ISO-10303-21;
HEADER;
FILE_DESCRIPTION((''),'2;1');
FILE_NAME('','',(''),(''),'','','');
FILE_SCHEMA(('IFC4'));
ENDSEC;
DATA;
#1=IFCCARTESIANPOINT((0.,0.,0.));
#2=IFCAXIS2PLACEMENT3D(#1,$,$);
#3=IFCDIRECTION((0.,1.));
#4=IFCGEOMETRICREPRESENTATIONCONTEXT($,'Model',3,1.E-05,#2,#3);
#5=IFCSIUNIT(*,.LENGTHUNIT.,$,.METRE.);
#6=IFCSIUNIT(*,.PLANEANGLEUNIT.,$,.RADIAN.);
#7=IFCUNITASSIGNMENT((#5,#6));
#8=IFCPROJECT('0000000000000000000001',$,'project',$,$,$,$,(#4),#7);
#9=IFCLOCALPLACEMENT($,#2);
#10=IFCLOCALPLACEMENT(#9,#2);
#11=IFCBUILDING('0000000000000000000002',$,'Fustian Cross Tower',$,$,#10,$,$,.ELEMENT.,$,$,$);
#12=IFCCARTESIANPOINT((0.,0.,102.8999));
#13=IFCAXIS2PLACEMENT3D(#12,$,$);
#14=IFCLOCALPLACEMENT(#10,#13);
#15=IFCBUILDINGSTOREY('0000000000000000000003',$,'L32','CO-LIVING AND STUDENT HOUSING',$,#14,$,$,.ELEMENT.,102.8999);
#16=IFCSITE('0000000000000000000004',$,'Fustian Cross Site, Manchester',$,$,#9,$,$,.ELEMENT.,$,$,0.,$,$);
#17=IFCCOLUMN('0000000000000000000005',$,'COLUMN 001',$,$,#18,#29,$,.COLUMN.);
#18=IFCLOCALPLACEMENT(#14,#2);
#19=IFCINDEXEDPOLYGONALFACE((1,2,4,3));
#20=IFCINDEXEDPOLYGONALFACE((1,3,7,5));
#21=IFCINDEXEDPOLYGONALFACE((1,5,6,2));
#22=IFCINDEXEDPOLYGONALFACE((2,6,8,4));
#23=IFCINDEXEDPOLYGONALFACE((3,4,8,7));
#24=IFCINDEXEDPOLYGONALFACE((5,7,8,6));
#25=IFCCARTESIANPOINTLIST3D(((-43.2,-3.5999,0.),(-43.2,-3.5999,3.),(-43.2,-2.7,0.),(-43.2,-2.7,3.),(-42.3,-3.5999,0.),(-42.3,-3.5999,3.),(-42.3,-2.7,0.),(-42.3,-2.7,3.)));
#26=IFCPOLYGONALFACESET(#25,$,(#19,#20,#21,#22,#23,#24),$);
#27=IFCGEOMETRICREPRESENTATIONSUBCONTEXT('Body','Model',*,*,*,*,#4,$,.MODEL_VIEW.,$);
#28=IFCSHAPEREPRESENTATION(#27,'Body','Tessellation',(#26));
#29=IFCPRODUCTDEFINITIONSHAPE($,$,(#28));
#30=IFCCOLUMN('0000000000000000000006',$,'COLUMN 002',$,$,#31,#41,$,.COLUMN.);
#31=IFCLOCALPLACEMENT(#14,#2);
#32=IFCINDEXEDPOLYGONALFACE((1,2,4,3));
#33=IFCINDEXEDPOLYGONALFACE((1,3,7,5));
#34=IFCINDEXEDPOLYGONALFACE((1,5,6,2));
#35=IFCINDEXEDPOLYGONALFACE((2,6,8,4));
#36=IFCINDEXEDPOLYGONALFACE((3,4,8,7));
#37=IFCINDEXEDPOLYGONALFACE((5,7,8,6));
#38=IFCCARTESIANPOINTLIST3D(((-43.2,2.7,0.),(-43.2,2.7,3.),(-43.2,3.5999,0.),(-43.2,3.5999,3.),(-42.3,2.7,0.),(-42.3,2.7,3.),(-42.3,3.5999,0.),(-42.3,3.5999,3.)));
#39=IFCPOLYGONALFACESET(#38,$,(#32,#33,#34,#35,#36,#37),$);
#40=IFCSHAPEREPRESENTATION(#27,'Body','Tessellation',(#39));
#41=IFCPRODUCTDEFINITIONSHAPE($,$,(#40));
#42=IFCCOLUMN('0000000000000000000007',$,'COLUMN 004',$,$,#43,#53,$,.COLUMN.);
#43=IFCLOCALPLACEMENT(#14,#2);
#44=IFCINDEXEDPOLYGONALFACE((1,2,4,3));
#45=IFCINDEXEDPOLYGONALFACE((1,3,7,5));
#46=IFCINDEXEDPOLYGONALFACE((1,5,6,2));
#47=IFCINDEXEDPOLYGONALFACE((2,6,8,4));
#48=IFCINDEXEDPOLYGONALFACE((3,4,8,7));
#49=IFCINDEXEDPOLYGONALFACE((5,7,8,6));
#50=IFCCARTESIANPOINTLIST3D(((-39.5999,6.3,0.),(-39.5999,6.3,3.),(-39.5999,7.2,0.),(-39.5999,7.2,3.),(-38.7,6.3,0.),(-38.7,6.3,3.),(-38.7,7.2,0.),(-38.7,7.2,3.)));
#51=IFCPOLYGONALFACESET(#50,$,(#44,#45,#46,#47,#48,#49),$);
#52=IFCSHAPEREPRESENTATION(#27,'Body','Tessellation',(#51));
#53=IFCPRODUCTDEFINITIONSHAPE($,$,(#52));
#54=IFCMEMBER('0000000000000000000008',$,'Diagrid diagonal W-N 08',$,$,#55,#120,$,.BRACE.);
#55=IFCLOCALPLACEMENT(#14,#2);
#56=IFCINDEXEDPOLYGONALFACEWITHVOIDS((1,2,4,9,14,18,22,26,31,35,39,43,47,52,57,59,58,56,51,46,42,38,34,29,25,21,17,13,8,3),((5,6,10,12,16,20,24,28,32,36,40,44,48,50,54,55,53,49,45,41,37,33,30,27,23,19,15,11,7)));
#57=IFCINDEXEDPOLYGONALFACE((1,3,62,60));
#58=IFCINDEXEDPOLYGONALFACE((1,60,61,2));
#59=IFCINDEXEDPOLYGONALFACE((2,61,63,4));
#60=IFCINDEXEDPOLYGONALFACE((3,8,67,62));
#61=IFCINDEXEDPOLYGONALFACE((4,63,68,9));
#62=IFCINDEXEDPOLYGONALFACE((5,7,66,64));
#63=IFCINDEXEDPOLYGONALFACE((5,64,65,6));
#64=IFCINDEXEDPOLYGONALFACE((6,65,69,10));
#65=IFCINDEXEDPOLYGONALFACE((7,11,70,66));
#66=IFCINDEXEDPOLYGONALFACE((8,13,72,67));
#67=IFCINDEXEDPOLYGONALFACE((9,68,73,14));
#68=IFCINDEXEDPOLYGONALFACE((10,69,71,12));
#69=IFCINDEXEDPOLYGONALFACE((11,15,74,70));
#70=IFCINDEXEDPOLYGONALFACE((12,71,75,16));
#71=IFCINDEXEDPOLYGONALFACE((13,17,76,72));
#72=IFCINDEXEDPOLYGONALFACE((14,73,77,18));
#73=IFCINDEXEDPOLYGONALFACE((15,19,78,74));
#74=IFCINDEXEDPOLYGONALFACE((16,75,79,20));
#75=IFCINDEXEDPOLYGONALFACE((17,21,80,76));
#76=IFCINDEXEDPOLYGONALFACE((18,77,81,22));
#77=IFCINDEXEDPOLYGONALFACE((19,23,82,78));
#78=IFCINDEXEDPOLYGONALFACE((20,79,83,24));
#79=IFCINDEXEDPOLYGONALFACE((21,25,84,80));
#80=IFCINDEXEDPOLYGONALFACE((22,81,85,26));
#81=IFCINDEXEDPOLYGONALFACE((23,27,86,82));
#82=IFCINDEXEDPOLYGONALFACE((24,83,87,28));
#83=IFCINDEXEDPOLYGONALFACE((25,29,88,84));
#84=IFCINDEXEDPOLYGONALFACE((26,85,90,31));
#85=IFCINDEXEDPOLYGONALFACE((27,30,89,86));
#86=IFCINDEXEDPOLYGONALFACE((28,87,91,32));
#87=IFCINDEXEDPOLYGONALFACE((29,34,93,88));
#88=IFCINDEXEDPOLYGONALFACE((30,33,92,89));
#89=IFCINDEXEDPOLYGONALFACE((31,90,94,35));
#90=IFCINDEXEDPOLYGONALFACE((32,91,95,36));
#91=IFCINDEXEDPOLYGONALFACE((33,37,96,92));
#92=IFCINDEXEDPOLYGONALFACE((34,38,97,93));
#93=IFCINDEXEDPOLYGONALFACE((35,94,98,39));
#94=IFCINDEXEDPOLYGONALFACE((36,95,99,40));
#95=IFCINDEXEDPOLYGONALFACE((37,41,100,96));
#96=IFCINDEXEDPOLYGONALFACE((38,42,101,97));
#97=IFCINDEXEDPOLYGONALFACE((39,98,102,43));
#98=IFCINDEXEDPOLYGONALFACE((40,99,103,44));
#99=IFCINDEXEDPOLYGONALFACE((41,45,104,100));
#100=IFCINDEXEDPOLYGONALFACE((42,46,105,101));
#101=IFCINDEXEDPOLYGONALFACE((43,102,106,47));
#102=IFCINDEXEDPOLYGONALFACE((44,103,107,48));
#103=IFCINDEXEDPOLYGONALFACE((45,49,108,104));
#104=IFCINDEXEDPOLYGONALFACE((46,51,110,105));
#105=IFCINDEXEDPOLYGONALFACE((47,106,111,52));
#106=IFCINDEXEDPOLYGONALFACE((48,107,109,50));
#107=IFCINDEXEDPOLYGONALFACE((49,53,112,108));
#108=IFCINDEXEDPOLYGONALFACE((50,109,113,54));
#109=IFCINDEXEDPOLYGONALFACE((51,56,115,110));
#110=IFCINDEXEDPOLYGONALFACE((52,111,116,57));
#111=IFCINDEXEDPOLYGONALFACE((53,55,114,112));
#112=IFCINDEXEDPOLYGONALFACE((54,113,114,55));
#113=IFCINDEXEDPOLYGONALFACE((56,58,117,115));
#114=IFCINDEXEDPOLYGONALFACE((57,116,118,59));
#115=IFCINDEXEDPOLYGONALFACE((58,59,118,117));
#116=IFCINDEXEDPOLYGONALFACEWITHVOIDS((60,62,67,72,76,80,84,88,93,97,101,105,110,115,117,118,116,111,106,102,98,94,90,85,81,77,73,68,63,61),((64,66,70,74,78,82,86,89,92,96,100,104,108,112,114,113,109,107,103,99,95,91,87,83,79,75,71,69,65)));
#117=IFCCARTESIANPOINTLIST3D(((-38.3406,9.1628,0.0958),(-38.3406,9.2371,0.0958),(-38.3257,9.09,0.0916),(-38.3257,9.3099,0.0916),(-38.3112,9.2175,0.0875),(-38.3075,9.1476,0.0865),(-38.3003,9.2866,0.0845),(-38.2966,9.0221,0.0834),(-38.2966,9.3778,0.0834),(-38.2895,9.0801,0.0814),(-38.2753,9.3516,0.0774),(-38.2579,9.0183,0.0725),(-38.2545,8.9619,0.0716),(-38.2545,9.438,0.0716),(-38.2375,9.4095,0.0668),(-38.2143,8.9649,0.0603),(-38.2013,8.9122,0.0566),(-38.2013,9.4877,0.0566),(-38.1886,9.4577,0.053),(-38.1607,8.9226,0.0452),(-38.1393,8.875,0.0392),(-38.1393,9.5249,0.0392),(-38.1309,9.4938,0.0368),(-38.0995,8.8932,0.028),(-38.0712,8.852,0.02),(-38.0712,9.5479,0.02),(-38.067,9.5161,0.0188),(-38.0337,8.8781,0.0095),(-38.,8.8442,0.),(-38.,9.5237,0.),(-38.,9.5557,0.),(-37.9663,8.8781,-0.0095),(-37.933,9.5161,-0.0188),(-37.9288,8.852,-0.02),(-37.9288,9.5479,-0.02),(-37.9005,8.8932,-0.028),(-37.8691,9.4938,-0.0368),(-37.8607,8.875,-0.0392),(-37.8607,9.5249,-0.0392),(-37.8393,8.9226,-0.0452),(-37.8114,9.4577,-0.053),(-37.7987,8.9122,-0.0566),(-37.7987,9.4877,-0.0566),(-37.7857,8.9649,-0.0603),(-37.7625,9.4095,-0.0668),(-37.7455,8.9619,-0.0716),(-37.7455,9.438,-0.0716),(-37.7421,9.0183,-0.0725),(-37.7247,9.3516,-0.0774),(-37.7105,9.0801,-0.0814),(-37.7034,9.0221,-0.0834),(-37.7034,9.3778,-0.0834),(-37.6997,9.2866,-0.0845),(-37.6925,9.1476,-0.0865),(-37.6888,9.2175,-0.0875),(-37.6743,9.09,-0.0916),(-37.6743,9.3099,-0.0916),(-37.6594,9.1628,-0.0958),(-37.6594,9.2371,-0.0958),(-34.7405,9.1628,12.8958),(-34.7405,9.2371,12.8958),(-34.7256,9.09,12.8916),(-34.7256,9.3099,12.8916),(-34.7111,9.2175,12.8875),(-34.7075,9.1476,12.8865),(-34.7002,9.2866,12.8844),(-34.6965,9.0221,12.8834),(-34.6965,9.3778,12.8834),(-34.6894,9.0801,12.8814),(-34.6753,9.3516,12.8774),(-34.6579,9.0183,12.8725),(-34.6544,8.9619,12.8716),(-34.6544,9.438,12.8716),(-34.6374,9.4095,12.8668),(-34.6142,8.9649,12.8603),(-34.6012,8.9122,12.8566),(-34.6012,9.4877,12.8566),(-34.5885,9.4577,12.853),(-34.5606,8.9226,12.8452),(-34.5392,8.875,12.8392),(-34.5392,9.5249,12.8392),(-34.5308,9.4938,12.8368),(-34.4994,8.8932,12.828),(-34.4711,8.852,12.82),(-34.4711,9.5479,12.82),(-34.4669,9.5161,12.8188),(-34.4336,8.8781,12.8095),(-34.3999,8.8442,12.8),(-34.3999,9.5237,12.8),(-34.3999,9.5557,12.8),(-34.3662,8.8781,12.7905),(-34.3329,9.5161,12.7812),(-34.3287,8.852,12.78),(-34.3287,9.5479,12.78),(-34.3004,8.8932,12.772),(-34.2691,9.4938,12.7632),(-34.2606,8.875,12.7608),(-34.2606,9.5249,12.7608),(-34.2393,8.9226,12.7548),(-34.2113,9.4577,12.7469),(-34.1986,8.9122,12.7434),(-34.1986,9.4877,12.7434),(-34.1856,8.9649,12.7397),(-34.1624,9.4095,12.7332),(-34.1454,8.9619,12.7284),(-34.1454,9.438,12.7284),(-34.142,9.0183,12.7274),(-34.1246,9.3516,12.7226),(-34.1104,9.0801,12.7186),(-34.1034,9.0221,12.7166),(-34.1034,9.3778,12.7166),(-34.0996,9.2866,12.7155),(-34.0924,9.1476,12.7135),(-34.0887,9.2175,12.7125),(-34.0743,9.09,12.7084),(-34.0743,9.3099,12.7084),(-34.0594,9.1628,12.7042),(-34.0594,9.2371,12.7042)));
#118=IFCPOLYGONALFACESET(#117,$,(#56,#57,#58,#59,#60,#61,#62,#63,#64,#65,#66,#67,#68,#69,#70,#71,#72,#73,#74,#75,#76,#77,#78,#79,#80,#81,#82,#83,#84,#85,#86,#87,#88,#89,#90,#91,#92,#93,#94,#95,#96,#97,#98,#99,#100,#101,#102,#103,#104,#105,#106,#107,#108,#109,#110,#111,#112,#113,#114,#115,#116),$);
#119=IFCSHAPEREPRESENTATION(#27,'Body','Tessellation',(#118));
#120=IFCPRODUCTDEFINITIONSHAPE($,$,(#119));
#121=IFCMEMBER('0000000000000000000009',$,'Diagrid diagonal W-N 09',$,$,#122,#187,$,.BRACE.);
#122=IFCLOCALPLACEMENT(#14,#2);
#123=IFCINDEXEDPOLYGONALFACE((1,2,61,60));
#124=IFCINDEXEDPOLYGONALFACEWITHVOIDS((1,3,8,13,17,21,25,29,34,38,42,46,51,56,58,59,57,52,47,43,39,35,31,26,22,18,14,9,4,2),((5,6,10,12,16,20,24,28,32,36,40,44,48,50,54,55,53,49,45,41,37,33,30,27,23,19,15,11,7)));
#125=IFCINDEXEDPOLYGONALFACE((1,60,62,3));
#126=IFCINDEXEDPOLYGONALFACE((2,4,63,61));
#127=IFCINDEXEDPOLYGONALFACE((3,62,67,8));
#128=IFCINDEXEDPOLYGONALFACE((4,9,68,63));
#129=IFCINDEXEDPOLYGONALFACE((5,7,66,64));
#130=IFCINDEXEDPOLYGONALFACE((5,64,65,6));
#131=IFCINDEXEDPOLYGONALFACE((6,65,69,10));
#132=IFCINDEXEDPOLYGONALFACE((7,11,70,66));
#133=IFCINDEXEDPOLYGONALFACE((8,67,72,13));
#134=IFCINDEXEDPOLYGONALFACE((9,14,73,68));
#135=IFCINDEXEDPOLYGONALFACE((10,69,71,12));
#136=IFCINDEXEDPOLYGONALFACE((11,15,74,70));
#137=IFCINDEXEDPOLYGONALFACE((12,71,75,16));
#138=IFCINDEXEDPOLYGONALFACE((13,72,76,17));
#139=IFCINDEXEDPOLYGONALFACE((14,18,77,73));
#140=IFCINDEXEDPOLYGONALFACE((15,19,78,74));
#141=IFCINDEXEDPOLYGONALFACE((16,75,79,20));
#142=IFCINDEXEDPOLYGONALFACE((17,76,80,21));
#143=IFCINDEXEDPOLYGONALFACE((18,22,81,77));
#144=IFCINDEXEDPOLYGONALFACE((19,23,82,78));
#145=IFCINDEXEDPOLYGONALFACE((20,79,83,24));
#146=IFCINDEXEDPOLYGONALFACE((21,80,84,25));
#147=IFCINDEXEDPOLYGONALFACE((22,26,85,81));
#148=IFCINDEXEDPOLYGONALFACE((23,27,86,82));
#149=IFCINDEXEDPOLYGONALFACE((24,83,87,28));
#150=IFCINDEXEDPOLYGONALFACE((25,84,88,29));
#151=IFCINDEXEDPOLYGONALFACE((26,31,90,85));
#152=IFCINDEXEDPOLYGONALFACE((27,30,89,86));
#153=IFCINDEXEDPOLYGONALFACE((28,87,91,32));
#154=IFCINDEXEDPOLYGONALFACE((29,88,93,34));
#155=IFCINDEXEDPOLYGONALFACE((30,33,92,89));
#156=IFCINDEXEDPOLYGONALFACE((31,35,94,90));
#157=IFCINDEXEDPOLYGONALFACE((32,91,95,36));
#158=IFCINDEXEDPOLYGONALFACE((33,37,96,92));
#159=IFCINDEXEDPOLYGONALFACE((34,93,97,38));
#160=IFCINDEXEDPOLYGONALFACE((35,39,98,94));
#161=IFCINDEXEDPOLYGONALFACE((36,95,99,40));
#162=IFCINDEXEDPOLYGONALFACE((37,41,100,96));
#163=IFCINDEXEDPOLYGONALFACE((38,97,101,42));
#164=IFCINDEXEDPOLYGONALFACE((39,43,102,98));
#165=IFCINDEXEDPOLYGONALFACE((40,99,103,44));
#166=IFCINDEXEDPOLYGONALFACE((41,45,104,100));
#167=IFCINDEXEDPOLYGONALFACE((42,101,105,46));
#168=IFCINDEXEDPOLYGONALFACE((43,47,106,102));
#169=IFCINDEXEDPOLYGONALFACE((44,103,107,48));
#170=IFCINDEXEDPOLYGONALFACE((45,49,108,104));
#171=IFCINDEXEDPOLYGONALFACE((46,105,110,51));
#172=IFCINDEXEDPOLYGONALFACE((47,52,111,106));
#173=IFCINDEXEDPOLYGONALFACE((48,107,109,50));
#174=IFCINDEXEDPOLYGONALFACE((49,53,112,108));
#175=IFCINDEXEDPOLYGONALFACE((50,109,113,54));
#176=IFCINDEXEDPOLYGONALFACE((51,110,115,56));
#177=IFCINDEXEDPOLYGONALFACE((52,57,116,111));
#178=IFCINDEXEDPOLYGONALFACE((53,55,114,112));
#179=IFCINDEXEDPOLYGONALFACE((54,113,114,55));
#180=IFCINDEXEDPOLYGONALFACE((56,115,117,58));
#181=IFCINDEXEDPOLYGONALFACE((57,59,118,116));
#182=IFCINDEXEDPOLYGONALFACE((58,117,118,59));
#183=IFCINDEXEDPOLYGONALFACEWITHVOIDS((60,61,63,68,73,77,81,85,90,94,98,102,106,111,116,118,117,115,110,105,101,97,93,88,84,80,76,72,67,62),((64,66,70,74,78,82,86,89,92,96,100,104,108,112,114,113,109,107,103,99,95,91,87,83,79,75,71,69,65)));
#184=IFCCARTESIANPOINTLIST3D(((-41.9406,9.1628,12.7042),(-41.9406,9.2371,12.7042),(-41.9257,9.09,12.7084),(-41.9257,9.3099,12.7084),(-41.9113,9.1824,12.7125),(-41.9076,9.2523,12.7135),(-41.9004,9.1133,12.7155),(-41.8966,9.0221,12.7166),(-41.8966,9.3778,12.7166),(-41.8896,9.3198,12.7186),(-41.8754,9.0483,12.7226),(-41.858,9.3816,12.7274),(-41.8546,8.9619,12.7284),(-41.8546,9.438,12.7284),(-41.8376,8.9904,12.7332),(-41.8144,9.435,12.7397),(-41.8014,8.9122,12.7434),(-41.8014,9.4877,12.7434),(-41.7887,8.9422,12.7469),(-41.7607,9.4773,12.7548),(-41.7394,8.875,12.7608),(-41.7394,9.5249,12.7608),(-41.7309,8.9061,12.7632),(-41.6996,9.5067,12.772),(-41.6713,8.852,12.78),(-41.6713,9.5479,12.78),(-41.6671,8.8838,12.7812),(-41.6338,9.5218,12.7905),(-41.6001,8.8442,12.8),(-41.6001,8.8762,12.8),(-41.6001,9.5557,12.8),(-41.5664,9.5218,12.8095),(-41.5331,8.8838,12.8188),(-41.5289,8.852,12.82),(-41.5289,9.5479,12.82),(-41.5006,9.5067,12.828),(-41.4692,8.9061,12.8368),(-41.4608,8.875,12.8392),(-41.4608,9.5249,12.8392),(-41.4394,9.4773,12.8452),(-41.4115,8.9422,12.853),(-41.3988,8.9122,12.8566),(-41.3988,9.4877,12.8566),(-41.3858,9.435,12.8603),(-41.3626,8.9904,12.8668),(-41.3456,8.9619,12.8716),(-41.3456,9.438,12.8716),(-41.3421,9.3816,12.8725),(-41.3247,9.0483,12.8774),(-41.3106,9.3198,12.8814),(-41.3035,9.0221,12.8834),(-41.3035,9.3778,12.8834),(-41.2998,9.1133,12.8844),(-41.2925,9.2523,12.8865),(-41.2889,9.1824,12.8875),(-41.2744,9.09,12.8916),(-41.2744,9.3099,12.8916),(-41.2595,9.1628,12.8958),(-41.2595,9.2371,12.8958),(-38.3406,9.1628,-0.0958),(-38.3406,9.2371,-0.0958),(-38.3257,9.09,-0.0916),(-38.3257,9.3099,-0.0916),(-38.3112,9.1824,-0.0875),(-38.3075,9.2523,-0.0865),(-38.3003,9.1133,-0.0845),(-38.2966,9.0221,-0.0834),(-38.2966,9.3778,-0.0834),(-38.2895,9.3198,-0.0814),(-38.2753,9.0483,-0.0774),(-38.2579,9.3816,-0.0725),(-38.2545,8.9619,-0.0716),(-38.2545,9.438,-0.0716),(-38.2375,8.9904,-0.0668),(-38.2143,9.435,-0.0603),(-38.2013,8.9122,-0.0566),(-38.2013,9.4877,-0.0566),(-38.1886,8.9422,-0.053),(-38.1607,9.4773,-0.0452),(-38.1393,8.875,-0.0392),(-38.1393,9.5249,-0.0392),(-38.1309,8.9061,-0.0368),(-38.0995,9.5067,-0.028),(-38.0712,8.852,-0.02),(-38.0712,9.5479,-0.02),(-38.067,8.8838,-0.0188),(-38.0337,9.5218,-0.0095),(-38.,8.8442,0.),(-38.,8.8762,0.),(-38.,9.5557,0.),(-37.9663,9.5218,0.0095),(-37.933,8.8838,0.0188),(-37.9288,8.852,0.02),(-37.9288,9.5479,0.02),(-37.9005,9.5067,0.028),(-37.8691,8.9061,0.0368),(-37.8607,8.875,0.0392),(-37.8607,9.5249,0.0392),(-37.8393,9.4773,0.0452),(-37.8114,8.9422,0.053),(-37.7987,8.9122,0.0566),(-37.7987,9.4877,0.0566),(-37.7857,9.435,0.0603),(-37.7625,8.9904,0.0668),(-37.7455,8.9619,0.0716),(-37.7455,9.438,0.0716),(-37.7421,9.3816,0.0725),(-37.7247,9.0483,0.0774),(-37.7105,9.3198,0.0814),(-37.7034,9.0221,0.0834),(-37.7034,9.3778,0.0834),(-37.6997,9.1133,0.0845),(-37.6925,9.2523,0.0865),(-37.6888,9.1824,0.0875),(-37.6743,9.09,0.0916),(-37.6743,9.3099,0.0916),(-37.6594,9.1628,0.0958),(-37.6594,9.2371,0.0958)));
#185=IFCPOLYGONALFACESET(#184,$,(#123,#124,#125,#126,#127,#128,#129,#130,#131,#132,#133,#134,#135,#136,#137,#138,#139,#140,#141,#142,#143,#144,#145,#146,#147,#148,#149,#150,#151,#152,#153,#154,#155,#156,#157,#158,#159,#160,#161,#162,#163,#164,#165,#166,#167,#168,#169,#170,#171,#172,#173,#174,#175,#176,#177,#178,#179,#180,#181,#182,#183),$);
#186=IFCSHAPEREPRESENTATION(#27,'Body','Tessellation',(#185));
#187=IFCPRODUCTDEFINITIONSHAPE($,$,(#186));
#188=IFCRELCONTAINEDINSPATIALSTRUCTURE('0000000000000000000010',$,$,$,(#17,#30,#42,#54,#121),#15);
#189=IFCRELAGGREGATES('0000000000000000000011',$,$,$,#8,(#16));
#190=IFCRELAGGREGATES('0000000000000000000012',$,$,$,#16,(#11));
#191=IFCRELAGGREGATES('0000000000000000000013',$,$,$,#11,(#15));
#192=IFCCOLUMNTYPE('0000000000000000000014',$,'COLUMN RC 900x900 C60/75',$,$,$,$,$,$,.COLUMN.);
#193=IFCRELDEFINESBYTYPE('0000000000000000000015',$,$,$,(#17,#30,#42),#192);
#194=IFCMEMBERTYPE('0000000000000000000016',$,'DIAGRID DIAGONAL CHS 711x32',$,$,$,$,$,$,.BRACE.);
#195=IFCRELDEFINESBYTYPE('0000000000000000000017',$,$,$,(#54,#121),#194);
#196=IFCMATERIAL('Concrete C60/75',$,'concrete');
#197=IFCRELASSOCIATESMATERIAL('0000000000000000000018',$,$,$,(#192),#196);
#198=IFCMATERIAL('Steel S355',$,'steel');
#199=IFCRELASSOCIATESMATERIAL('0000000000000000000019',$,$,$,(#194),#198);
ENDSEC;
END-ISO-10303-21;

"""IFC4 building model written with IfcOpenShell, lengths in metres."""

from ifc_helpers import new_model, si_unit, direction, frame, origin, origin_2d, place, context, subcontext, project, spatial, rectangle, hollow_circle, extrude, material, material_profile, profile_set, type_object, element, save


model = new_model("IFC4")

# Units and contexts
model_context = context("Model", 3, precision=1e-05, world=origin(), true_north=direction((0.0, 1.0)))
body_context = subcontext(model_context, "Body", "Model", "MODEL_VIEW")
ifc_project = project(units=[si_unit("LENGTHUNIT", "METRE"), si_unit("PLANEANGLEUNIT", "RADIAN")], contexts=[model_context])

# Site, building, storey
site_placement = place(None, origin())
site = spatial("IfcSite", under=ifc_project, at=site_placement, Name="Fustian Cross Site, Manchester", CompositionType="ELEMENT", RefElevation=0.0)
building_placement = place(site_placement, origin())
building = spatial("IfcBuilding", under=site, at=building_placement, Name="Fustian Cross Tower", CompositionType="ELEMENT")
storey_placement = place(building_placement, frame((0.0, 0.0, 102.8999)))
storey = spatial("IfcBuildingStorey", under=building, at=storey_placement, Name="L32", Description="CO-LIVING AND STUDENT HOUSING", CompositionType="ELEMENT", Elevation=102.8999)

# Columns
ifc_material_1 = material(Name="Concrete C60/75", Category="concrete")
ifc_material_profile_1 = material_profile(ifc_material_1, rectangle(XDim=0.8999, YDim=0.8999, at=origin_2d()), Name="RC 900x900")
ifc_profile_set_1 = profile_set([ifc_material_profile_1], Name="Concrete C60/75")
column_type = type_object("IfcColumnType", Name="COLUMN RC 900x900 C60/75", PredefinedType="COLUMN", material=ifc_profile_set_1)
for number, where, z_axis, x_axis, name in (
    (1, (-42.75, -3.1499, 0.0), (0.0, 0.0, 1.0), (1.0, 0.0, 0.0), "COLUMN 001"),
    (2, (-42.75, 3.1499, 0.0), (0.0, 0.0, 1.0), (1.0, 0.0, 0.0), "COLUMN 002"),
    (3, (-39.1499, 6.75, 0.0), (0.0, 0.0, 1.0), (1.0, 0.0, 0.0), "COLUMN 004"),
):
    element("IfcColumn", number, at=place(storey_placement, frame(where, z_axis=z_axis, x_axis=x_axis)), inside=storey, type_object=column_type, Name=name, PredefinedType="COLUMN", context=body_context, shape_type="SweptSolid", body=[
        extrude(rectangle(XDim=0.8999, YDim=0.8999, at=origin_2d()), origin(), (0.0, 0.0, 1.0), 3.0),
    ])

# Members
ifc_material_2 = material(Name="Steel S355", Category="steel")
ifc_material_profile_2 = material_profile(ifc_material_2, hollow_circle(Radius=0.3557, WallThickness=0.032, at=origin_2d()), Name="CHS 711x32")
ifc_profile_set_2 = profile_set([ifc_material_profile_2], Name="Steel S355")
member_type_1 = type_object("IfcMemberType", Name="DIAGRID DIAGONAL CHS 711x32", PredefinedType="BRACE", material=ifc_profile_set_2)
for number, where, z_axis, x_axis, name in (
    (4, (-38.0, 9.2, 0.0), (0.270751, 0.0, 0.962649), (0.0, 1.0, 0.0), "Diagrid diagonal W-N 08"),
    (5, (-38.0, 9.2, 0.0), (-0.270751, 0.0, 0.962649), (0.0, -1.0, 0.0), "Diagrid diagonal W-N 09"),
):
    element("IfcMember", number, at=place(storey_placement, frame(where, z_axis=z_axis, x_axis=x_axis)), inside=storey, type_object=member_type_1, Name=name, PredefinedType="BRACE", context=body_context, shape_type="SweptSolid", body=[
        extrude(hollow_circle(Radius=0.3557, WallThickness=0.032, at=origin_2d()), origin(), (0.0, 0.0, 1.0), 13.2966),
    ])

save(model, "model.ifc")
